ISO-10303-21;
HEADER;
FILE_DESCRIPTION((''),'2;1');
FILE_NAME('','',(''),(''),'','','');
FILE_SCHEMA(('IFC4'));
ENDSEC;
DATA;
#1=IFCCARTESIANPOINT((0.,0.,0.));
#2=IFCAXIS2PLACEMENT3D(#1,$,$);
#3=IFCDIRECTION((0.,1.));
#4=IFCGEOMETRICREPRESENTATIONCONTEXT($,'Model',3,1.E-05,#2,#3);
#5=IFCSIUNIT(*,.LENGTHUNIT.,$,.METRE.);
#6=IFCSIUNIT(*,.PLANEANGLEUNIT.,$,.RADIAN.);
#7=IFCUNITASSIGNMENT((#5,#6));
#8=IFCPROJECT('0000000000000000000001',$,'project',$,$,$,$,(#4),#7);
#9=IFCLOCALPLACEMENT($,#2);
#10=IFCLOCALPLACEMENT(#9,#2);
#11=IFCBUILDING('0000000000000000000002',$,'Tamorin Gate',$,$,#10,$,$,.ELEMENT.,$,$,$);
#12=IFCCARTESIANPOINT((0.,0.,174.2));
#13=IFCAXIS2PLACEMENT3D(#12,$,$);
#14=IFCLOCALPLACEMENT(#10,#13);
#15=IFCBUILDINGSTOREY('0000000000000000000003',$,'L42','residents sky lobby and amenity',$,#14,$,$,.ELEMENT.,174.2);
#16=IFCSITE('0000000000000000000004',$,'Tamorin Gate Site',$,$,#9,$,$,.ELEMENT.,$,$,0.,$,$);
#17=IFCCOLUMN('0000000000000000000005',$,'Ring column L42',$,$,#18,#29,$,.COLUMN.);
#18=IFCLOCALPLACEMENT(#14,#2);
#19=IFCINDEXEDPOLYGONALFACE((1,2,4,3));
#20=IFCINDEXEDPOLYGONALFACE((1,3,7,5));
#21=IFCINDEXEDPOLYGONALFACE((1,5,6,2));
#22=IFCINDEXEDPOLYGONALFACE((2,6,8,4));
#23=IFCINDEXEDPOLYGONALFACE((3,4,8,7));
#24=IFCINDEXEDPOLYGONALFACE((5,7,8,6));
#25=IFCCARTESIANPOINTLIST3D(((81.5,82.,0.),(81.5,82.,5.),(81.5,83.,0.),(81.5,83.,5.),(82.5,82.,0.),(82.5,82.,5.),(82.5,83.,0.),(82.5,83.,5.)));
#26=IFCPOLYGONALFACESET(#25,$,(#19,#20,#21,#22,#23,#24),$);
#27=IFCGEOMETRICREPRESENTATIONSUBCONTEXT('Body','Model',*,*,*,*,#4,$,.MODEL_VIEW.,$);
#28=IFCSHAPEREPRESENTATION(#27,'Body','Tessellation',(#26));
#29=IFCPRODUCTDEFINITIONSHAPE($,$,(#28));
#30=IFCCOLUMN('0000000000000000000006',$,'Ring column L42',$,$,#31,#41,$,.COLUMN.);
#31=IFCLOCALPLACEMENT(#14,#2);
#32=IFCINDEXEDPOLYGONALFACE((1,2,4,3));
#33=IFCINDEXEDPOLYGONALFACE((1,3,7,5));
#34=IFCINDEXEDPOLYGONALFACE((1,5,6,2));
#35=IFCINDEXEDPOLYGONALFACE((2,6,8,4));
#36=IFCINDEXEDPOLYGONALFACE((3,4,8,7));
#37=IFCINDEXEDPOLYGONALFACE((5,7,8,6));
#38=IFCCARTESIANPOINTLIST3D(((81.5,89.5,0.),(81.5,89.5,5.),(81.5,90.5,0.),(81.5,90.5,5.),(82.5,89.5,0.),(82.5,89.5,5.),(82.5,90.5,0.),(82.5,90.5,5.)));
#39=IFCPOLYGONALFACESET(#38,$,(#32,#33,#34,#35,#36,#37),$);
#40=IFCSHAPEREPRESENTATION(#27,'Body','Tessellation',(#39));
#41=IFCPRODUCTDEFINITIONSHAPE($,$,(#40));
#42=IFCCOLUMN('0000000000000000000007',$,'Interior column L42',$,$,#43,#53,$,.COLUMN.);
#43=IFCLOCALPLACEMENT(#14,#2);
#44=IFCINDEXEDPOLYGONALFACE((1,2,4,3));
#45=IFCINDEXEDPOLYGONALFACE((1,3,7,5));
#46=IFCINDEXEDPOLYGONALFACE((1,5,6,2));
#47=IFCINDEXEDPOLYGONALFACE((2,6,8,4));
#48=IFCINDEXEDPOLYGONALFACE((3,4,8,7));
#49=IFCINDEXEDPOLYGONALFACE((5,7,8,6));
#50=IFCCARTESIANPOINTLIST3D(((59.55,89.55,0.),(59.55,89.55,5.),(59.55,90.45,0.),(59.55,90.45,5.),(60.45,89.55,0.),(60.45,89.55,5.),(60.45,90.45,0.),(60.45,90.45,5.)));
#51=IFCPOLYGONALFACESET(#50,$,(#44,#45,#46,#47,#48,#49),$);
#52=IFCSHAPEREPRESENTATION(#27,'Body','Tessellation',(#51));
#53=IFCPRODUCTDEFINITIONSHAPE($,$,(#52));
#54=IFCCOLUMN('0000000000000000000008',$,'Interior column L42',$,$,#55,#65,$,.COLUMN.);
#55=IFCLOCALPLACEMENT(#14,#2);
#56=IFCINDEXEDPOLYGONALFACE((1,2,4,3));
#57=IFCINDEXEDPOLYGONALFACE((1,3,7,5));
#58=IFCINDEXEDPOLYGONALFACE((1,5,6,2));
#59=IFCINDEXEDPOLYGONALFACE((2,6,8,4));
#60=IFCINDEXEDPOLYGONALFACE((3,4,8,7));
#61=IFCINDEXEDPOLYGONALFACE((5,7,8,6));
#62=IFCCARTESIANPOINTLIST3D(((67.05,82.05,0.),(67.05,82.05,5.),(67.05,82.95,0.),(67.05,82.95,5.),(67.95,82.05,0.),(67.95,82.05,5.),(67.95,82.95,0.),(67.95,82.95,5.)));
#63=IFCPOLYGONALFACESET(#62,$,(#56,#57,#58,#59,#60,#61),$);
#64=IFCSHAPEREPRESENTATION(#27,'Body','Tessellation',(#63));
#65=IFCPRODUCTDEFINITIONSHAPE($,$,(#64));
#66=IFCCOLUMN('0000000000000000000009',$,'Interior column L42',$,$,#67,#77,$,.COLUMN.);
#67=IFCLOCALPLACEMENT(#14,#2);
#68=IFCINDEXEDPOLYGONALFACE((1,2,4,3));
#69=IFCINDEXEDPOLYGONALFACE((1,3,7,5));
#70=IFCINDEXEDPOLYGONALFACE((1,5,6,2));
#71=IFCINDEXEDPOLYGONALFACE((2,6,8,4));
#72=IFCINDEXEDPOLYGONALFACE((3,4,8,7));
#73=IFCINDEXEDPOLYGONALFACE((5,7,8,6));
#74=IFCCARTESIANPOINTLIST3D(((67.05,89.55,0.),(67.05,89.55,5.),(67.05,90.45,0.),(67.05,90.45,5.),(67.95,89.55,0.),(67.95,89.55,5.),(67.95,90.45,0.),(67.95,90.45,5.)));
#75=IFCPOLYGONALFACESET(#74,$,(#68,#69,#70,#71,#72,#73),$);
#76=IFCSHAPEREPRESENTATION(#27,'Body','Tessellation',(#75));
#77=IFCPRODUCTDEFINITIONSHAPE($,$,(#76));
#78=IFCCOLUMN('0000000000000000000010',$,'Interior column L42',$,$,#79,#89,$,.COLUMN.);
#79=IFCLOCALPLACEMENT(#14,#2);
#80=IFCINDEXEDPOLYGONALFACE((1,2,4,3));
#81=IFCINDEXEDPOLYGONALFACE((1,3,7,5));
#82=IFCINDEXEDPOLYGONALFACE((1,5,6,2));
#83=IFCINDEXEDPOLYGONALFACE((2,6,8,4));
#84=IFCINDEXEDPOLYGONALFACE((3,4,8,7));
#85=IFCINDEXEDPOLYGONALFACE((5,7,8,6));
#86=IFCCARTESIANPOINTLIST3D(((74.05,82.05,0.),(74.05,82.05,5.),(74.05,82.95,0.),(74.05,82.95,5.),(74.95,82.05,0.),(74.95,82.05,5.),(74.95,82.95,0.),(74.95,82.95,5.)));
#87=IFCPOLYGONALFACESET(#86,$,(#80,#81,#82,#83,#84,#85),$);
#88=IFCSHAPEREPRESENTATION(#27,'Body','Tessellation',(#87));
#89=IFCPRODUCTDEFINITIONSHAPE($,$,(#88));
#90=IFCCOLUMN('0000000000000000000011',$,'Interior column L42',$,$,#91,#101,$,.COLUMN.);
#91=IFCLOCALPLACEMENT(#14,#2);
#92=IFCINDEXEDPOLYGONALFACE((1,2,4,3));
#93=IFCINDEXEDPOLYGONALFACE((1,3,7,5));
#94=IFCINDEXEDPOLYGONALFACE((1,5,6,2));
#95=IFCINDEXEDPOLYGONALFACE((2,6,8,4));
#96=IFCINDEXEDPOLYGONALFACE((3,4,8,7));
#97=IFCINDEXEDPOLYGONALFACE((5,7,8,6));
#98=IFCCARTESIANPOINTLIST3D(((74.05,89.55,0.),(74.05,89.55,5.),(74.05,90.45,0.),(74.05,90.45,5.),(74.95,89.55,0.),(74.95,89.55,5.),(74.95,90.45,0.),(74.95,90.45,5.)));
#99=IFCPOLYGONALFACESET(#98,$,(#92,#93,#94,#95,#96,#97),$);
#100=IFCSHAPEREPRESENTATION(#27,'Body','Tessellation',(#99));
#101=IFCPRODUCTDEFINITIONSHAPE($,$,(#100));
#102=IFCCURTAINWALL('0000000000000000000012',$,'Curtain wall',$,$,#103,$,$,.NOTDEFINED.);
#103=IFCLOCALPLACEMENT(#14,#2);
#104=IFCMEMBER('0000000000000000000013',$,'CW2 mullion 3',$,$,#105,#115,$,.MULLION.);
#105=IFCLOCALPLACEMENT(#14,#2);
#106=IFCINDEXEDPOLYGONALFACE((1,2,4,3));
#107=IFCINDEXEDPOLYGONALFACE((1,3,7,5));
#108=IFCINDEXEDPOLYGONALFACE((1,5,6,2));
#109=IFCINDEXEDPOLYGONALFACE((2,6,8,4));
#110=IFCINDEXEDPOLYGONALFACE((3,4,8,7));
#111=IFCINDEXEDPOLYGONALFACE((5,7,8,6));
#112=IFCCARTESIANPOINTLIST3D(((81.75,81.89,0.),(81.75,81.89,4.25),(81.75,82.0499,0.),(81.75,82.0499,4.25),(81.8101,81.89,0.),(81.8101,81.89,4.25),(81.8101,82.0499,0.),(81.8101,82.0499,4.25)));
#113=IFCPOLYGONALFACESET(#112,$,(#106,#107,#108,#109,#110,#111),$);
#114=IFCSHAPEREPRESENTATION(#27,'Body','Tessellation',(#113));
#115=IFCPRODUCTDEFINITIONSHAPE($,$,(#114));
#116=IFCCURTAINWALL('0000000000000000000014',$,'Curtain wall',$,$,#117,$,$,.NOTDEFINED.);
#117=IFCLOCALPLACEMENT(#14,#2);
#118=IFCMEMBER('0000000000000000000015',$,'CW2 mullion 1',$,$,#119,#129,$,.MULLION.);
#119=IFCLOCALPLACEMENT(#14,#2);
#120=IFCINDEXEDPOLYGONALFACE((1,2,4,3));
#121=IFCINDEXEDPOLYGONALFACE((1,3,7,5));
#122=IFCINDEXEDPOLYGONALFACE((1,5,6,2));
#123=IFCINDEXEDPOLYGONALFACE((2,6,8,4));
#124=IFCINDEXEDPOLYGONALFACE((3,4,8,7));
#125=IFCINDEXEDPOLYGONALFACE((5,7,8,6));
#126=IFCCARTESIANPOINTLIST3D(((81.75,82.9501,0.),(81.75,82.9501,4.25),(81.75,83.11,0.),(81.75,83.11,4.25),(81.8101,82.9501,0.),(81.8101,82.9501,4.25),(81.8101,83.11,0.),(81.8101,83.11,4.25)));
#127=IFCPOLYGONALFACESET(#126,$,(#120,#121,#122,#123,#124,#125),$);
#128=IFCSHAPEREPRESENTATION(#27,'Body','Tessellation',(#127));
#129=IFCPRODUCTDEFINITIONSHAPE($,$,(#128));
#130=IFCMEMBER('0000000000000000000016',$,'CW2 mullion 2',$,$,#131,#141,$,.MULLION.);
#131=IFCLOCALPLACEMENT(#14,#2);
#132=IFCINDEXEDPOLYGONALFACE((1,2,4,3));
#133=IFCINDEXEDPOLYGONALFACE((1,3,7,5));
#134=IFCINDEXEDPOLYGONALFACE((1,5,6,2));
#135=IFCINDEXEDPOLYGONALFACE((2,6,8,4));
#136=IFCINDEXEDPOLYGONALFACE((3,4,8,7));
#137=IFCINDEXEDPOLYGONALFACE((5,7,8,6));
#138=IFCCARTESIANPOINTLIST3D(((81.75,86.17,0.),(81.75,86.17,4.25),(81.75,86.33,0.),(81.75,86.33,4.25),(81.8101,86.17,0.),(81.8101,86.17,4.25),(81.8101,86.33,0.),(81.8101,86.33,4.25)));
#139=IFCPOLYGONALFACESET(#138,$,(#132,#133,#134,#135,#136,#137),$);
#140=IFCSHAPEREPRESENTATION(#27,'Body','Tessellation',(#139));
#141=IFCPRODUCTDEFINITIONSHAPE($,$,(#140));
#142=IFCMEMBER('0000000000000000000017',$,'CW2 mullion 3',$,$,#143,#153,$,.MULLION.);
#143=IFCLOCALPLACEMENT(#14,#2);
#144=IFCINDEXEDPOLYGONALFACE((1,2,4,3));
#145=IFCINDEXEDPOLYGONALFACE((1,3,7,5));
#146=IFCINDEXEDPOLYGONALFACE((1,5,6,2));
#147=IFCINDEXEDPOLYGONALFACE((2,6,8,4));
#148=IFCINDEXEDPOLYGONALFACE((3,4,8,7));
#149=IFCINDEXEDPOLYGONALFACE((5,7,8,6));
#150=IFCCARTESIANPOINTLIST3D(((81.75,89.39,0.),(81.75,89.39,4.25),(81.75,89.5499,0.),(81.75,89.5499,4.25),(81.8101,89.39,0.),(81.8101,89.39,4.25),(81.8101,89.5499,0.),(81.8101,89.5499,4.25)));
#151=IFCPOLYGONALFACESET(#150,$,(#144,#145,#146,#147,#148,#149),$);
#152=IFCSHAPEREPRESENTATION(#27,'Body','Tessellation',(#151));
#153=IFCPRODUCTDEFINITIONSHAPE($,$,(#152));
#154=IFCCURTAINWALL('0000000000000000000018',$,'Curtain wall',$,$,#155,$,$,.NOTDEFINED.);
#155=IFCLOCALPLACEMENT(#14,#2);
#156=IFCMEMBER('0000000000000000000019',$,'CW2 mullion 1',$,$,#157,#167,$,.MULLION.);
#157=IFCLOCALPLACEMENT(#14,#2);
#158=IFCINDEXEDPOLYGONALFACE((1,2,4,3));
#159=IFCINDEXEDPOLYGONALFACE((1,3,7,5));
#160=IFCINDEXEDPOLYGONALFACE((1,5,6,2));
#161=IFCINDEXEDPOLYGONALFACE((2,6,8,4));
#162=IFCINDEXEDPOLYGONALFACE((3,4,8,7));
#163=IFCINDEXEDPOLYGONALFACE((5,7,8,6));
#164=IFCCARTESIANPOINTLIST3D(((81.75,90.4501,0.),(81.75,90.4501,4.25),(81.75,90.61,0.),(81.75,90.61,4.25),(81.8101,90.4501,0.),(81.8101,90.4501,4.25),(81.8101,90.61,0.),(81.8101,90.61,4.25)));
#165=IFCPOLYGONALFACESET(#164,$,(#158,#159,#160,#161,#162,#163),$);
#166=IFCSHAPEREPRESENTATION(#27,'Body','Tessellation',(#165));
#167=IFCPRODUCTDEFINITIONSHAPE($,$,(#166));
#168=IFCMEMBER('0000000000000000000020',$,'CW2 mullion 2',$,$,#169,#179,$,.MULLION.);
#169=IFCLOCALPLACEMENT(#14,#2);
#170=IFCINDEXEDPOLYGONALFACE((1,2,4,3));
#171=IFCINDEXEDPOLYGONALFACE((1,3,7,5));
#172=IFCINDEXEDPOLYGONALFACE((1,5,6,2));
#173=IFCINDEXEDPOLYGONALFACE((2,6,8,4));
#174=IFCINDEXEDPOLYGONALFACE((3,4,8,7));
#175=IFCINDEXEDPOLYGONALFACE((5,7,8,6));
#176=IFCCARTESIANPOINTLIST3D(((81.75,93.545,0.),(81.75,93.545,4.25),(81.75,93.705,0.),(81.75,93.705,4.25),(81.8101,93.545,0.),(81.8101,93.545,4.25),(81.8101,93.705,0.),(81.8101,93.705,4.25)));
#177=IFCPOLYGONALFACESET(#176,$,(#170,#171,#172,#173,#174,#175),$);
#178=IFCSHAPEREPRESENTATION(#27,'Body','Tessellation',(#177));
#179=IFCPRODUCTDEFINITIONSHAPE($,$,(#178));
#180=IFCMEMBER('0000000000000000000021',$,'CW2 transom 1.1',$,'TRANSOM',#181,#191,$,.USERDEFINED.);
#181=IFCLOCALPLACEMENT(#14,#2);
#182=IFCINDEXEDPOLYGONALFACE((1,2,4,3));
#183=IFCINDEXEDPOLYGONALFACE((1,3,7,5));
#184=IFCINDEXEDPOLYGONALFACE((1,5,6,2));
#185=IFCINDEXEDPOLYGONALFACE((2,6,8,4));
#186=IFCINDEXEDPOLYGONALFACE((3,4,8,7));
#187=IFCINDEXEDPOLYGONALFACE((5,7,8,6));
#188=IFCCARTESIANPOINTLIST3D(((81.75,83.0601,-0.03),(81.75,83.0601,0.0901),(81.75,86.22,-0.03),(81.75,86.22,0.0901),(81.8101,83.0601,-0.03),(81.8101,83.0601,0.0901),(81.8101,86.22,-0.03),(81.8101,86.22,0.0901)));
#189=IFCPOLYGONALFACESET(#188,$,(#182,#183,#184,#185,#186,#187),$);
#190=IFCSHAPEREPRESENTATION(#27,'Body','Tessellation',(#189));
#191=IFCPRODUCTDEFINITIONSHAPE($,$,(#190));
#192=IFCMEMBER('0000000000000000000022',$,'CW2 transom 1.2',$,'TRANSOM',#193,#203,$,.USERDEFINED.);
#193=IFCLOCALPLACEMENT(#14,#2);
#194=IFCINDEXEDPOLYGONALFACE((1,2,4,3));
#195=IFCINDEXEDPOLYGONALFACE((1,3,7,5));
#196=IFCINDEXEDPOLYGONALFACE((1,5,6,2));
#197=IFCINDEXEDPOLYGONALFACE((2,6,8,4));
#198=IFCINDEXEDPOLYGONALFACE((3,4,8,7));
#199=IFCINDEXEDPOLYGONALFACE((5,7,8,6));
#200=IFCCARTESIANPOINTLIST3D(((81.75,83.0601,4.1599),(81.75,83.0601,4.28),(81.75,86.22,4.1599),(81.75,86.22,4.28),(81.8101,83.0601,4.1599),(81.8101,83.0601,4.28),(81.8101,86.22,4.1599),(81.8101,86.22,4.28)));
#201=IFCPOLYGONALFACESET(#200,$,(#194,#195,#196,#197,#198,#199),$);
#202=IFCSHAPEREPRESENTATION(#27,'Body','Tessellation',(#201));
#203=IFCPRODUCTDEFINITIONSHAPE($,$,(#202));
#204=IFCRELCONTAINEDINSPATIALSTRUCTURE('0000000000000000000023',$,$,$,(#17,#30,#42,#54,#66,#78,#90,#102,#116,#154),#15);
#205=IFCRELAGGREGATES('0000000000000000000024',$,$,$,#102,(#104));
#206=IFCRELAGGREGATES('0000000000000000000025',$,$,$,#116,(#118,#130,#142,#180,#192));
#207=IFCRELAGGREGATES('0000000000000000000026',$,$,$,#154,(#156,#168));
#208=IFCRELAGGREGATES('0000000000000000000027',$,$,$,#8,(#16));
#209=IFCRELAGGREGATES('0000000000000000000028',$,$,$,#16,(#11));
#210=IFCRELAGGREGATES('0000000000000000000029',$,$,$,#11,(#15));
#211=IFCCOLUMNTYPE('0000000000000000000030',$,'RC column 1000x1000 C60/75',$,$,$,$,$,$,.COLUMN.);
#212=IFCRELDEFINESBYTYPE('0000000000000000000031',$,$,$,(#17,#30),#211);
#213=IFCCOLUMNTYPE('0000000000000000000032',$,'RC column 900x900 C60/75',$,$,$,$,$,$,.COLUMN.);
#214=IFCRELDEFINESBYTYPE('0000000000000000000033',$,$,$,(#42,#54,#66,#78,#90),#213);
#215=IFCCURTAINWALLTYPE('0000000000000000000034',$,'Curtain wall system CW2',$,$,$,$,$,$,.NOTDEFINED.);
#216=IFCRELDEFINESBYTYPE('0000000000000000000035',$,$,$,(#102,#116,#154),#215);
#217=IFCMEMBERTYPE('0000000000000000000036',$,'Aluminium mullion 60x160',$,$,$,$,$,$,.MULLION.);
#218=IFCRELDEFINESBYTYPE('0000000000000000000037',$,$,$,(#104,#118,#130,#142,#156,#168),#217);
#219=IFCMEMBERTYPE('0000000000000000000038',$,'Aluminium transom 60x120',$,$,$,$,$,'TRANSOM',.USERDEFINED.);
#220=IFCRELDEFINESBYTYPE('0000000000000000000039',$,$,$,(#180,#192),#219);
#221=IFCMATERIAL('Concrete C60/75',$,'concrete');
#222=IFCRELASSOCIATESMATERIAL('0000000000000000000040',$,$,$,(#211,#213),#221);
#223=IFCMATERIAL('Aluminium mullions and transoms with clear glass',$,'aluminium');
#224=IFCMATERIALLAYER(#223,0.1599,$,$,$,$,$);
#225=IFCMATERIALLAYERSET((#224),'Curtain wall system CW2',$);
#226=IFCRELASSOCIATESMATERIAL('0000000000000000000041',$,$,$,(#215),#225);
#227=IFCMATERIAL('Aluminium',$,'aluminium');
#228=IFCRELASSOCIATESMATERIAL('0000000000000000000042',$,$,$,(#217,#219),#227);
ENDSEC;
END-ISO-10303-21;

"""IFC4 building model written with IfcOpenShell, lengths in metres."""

from ifc_helpers import new_model, si_unit, direction, frame, origin, origin_2d, place, context, subcontext, project, spatial, rectangle, extrude, material, layer, layer_set, material_profile, profile_set, type_object, element, aggregate, save


model = new_model("IFC4")

# Units and contexts
model_context = context("Model", 3, precision=1e-05, world=origin(), true_north=direction((0.0, 1.0)))
body_context = subcontext(model_context, "Body", "Model", "MODEL_VIEW")
ifc_project = project(units=[si_unit("LENGTHUNIT", "METRE"), si_unit("PLANEANGLEUNIT", "RADIAN")], contexts=[model_context])

# Site, building, storey
site_placement = place(None, origin())
site = spatial("IfcSite", under=ifc_project, at=site_placement, Name="Tamorin Gate Site", CompositionType="ELEMENT", RefElevation=0.0)
building_placement = place(site_placement, origin())
building = spatial("IfcBuilding", under=site, at=building_placement, Name="Tamorin Gate", CompositionType="ELEMENT")
storey_placement = place(building_placement, frame((0.0, 0.0, 174.2)))
storey = spatial("IfcBuildingStorey", under=building, at=storey_placement, Name="L42", Description="residents sky lobby and amenity", CompositionType="ELEMENT", Elevation=174.2)

# Columns
ifc_material_1 = material(Name="Concrete C60/75", Category="concrete")
ifc_material_profile_1 = material_profile(ifc_material_1, rectangle(XDim=1.0, YDim=1.0, at=origin_2d()), Name="RC 1000x1000")
ifc_profile_set_1 = profile_set([ifc_material_profile_1], Name="Concrete C60/75")
column_type_1 = type_object("IfcColumnType", Name="RC column 1000x1000 C60/75", PredefinedType="COLUMN", material=ifc_profile_set_1)
for number, where, z_axis, x_axis, name in (
    (1, (82.0, 82.5, 0.0), (0.0, 0.0, 1.0), (1.0, 0.0, 0.0), "Ring column L42"),
    (2, (82.0, 90.0, 0.0), (0.0, 0.0, 1.0), (1.0, 0.0, 0.0), "Ring column L42"),
):
    element("IfcColumn", number, at=place(storey_placement, frame(where, z_axis=z_axis, x_axis=x_axis)), inside=storey, type_object=column_type_1, Name=name, PredefinedType="COLUMN", context=body_context, shape_type="SweptSolid", body=[
        extrude(rectangle(XDim=1.0, YDim=1.0, at=origin_2d()), origin(), (0.0, 0.0, 1.0), 5.0),
    ])
ifc_material_profile_2 = material_profile(ifc_material_1, rectangle(XDim=0.8999, YDim=0.8999, at=origin_2d()), Name="RC 900x900")
ifc_profile_set_2 = profile_set([ifc_material_profile_2], Name="Concrete C60/75")
column_type_2 = type_object("IfcColumnType", Name="RC column 900x900 C60/75", PredefinedType="COLUMN", material=ifc_profile_set_2)
for number, where, z_axis, x_axis, name in (
    (3, (60.0, 90.0, 0.0), (0.0, 0.0, 1.0), (1.0, 0.0, 0.0), "Interior column L42"),
    (4, (67.5, 82.5, 0.0), (0.0, 0.0, 1.0), (1.0, 0.0, 0.0), "Interior column L42"),
    (5, (67.5, 90.0, 0.0), (0.0, 0.0, 1.0), (1.0, 0.0, 0.0), "Interior column L42"),
    (6, (74.5, 82.5, 0.0), (0.0, 0.0, 1.0), (1.0, 0.0, 0.0), "Interior column L42"),
    (7, (74.5, 90.0, 0.0), (0.0, 0.0, 1.0), (1.0, 0.0, 0.0), "Interior column L42"),
):
    element("IfcColumn", number, at=place(storey_placement, frame(where, z_axis=z_axis, x_axis=x_axis)), inside=storey, type_object=column_type_2, Name=name, PredefinedType="COLUMN", context=body_context, shape_type="SweptSolid", body=[
        extrude(rectangle(XDim=0.8999, YDim=0.8999, at=origin_2d()), origin(), (0.0, 0.0, 1.0), 5.0),
    ])

# Curtain wall, member
ifc_material_2 = material(Name="Aluminium mullions and transoms with clear glass", Category="aluminium")
ifc_layer_1 = layer(ifc_material_2, 0.1599)
ifc_layer_set_1 = layer_set([ifc_layer_1], Name="Curtain wall system CW2")
curtain_wall_type = type_object("IfcCurtainWallType", Name="Curtain wall system CW2", PredefinedType="NOTDEFINED", material=ifc_layer_set_1)
curtain_wall_1_placement = place(storey_placement, origin())
curtain_wall_1 = element("IfcCurtainWall", 8, at=curtain_wall_1_placement, inside=storey, type_object=curtain_wall_type, Name="Curtain wall", PredefinedType="NOTDEFINED")
ifc_material_3 = material(Name="Aluminium", Category="aluminium")
ifc_material_profile_3 = material_profile(ifc_material_3, rectangle(XDim=0.0601, YDim=0.1599, at=origin_2d()), Name="RECT 60x160")
ifc_profile_set_3 = profile_set([ifc_material_profile_3], Name="Aluminium")
member_type_1 = type_object("IfcMemberType", Name="Aluminium mullion 60x160", PredefinedType="MULLION", material=ifc_profile_set_3)
member_1_placement = place(storey_placement, frame((81.78, 81.97, 0.0), z_axis=(0.0, 0.0, 1.0), x_axis=(-1.0, 0.0, 0.0)))
member_1 = element("IfcMember", 9, at=member_1_placement, type_object=member_type_1, Name="CW2 mullion 3", PredefinedType="MULLION", context=body_context, shape_type="SweptSolid", body=[
    extrude(rectangle(XDim=0.0601, YDim=0.1599, at=origin_2d()), origin(), (0.0, 0.0, 1.0), 4.25),
])
aggregate(curtain_wall_1, [member_1])

# Curtain walls, members
curtain_wall_2_placement = place(storey_placement, origin())
curtain_wall_2 = element("IfcCurtainWall", 10, at=curtain_wall_2_placement, inside=storey, type_object=curtain_wall_type, Name="Curtain wall", PredefinedType="NOTDEFINED")
member_2_placement = place(storey_placement, frame((81.78, 83.03, 0.0), z_axis=(0.0, 0.0, 1.0), x_axis=(-1.0, 0.0, 0.0)))
member_2 = element("IfcMember", 11, at=member_2_placement, type_object=member_type_1, Name="CW2 mullion 1", PredefinedType="MULLION", context=body_context, shape_type="SweptSolid", body=[
    extrude(rectangle(XDim=0.0601, YDim=0.1599, at=origin_2d()), origin(), (0.0, 0.0, 1.0), 4.25),
])
member_3_placement = place(storey_placement, frame((81.78, 86.25, 0.0), z_axis=(0.0, 0.0, 1.0), x_axis=(-1.0, 0.0, 0.0)))
member_3 = element("IfcMember", 12, at=member_3_placement, type_object=member_type_1, Name="CW2 mullion 2", PredefinedType="MULLION", context=body_context, shape_type="SweptSolid", body=[
    extrude(rectangle(XDim=0.0601, YDim=0.1599, at=origin_2d()), origin(), (0.0, 0.0, 1.0), 4.25),
])
member_4_placement = place(storey_placement, frame((81.78, 89.47, 0.0), z_axis=(0.0, 0.0, 1.0), x_axis=(-1.0, 0.0, 0.0)))
member_4 = element("IfcMember", 13, at=member_4_placement, type_object=member_type_1, Name="CW2 mullion 3", PredefinedType="MULLION", context=body_context, shape_type="SweptSolid", body=[
    extrude(rectangle(XDim=0.0601, YDim=0.1599, at=origin_2d()), origin(), (0.0, 0.0, 1.0), 4.25),
])
curtain_wall_3_placement = place(storey_placement, origin())
curtain_wall_3 = element("IfcCurtainWall", 14, at=curtain_wall_3_placement, inside=storey, type_object=curtain_wall_type, Name="Curtain wall", PredefinedType="NOTDEFINED")
member_5_placement = place(storey_placement, frame((81.78, 90.53, 0.0), z_axis=(0.0, 0.0, 1.0), x_axis=(-1.0, 0.0, 0.0)))
member_5 = element("IfcMember", 15, at=member_5_placement, type_object=member_type_1, Name="CW2 mullion 1", PredefinedType="MULLION", context=body_context, shape_type="SweptSolid", body=[
    extrude(rectangle(XDim=0.0601, YDim=0.1599, at=origin_2d()), origin(), (0.0, 0.0, 1.0), 4.25),
])
member_6_placement = place(storey_placement, frame((81.78, 93.625, 0.0), z_axis=(0.0, 0.0, 1.0), x_axis=(-1.0, 0.0, 0.0)))
member_6 = element("IfcMember", 16, at=member_6_placement, type_object=member_type_1, Name="CW2 mullion 2", PredefinedType="MULLION", context=body_context, shape_type="SweptSolid", body=[
    extrude(rectangle(XDim=0.0601, YDim=0.1599, at=origin_2d()), origin(), (0.0, 0.0, 1.0), 4.25),
])

# Members
ifc_material_profile_4 = material_profile(ifc_material_3, rectangle(XDim=0.0601, YDim=0.1201, at=origin_2d()), Name="RECT 60x120")
ifc_profile_set_4 = profile_set([ifc_material_profile_4], Name="Aluminium")
member_type_2 = type_object("IfcMemberType", Name="Aluminium transom 60x120", ElementType="TRANSOM", PredefinedType="USERDEFINED", material=ifc_profile_set_4)
member_7_placement = place(storey_placement, frame((81.78, 83.0601, 0.03), z_axis=(0.0, 1.0, 0.0), x_axis=(-1.0, 0.0, 0.0)))
member_7 = element("IfcMember", 17, at=member_7_placement, type_object=member_type_2, Name="CW2 transom 1.1", ObjectType="TRANSOM", PredefinedType="USERDEFINED", context=body_context, shape_type="SweptSolid", body=[
    extrude(rectangle(XDim=0.0601, YDim=0.1201, at=origin_2d()), origin(), (0.0, 0.0, 1.0), 3.1599),
])
member_8_placement = place(storey_placement, frame((81.78, 83.0601, 4.22), z_axis=(0.0, 1.0, 0.0), x_axis=(-1.0, 0.0, 0.0)))
member_8 = element("IfcMember", 18, at=member_8_placement, type_object=member_type_2, Name="CW2 transom 1.2", ObjectType="TRANSOM", PredefinedType="USERDEFINED", context=body_context, shape_type="SweptSolid", body=[
    extrude(rectangle(XDim=0.0601, YDim=0.1201, at=origin_2d()), origin(), (0.0, 0.0, 1.0), 3.1599),
])

aggregate(curtain_wall_2, [member_2, member_3, member_4, member_7, member_8])
aggregate(curtain_wall_3, [member_5, member_6])

save(model, "model.ifc")
